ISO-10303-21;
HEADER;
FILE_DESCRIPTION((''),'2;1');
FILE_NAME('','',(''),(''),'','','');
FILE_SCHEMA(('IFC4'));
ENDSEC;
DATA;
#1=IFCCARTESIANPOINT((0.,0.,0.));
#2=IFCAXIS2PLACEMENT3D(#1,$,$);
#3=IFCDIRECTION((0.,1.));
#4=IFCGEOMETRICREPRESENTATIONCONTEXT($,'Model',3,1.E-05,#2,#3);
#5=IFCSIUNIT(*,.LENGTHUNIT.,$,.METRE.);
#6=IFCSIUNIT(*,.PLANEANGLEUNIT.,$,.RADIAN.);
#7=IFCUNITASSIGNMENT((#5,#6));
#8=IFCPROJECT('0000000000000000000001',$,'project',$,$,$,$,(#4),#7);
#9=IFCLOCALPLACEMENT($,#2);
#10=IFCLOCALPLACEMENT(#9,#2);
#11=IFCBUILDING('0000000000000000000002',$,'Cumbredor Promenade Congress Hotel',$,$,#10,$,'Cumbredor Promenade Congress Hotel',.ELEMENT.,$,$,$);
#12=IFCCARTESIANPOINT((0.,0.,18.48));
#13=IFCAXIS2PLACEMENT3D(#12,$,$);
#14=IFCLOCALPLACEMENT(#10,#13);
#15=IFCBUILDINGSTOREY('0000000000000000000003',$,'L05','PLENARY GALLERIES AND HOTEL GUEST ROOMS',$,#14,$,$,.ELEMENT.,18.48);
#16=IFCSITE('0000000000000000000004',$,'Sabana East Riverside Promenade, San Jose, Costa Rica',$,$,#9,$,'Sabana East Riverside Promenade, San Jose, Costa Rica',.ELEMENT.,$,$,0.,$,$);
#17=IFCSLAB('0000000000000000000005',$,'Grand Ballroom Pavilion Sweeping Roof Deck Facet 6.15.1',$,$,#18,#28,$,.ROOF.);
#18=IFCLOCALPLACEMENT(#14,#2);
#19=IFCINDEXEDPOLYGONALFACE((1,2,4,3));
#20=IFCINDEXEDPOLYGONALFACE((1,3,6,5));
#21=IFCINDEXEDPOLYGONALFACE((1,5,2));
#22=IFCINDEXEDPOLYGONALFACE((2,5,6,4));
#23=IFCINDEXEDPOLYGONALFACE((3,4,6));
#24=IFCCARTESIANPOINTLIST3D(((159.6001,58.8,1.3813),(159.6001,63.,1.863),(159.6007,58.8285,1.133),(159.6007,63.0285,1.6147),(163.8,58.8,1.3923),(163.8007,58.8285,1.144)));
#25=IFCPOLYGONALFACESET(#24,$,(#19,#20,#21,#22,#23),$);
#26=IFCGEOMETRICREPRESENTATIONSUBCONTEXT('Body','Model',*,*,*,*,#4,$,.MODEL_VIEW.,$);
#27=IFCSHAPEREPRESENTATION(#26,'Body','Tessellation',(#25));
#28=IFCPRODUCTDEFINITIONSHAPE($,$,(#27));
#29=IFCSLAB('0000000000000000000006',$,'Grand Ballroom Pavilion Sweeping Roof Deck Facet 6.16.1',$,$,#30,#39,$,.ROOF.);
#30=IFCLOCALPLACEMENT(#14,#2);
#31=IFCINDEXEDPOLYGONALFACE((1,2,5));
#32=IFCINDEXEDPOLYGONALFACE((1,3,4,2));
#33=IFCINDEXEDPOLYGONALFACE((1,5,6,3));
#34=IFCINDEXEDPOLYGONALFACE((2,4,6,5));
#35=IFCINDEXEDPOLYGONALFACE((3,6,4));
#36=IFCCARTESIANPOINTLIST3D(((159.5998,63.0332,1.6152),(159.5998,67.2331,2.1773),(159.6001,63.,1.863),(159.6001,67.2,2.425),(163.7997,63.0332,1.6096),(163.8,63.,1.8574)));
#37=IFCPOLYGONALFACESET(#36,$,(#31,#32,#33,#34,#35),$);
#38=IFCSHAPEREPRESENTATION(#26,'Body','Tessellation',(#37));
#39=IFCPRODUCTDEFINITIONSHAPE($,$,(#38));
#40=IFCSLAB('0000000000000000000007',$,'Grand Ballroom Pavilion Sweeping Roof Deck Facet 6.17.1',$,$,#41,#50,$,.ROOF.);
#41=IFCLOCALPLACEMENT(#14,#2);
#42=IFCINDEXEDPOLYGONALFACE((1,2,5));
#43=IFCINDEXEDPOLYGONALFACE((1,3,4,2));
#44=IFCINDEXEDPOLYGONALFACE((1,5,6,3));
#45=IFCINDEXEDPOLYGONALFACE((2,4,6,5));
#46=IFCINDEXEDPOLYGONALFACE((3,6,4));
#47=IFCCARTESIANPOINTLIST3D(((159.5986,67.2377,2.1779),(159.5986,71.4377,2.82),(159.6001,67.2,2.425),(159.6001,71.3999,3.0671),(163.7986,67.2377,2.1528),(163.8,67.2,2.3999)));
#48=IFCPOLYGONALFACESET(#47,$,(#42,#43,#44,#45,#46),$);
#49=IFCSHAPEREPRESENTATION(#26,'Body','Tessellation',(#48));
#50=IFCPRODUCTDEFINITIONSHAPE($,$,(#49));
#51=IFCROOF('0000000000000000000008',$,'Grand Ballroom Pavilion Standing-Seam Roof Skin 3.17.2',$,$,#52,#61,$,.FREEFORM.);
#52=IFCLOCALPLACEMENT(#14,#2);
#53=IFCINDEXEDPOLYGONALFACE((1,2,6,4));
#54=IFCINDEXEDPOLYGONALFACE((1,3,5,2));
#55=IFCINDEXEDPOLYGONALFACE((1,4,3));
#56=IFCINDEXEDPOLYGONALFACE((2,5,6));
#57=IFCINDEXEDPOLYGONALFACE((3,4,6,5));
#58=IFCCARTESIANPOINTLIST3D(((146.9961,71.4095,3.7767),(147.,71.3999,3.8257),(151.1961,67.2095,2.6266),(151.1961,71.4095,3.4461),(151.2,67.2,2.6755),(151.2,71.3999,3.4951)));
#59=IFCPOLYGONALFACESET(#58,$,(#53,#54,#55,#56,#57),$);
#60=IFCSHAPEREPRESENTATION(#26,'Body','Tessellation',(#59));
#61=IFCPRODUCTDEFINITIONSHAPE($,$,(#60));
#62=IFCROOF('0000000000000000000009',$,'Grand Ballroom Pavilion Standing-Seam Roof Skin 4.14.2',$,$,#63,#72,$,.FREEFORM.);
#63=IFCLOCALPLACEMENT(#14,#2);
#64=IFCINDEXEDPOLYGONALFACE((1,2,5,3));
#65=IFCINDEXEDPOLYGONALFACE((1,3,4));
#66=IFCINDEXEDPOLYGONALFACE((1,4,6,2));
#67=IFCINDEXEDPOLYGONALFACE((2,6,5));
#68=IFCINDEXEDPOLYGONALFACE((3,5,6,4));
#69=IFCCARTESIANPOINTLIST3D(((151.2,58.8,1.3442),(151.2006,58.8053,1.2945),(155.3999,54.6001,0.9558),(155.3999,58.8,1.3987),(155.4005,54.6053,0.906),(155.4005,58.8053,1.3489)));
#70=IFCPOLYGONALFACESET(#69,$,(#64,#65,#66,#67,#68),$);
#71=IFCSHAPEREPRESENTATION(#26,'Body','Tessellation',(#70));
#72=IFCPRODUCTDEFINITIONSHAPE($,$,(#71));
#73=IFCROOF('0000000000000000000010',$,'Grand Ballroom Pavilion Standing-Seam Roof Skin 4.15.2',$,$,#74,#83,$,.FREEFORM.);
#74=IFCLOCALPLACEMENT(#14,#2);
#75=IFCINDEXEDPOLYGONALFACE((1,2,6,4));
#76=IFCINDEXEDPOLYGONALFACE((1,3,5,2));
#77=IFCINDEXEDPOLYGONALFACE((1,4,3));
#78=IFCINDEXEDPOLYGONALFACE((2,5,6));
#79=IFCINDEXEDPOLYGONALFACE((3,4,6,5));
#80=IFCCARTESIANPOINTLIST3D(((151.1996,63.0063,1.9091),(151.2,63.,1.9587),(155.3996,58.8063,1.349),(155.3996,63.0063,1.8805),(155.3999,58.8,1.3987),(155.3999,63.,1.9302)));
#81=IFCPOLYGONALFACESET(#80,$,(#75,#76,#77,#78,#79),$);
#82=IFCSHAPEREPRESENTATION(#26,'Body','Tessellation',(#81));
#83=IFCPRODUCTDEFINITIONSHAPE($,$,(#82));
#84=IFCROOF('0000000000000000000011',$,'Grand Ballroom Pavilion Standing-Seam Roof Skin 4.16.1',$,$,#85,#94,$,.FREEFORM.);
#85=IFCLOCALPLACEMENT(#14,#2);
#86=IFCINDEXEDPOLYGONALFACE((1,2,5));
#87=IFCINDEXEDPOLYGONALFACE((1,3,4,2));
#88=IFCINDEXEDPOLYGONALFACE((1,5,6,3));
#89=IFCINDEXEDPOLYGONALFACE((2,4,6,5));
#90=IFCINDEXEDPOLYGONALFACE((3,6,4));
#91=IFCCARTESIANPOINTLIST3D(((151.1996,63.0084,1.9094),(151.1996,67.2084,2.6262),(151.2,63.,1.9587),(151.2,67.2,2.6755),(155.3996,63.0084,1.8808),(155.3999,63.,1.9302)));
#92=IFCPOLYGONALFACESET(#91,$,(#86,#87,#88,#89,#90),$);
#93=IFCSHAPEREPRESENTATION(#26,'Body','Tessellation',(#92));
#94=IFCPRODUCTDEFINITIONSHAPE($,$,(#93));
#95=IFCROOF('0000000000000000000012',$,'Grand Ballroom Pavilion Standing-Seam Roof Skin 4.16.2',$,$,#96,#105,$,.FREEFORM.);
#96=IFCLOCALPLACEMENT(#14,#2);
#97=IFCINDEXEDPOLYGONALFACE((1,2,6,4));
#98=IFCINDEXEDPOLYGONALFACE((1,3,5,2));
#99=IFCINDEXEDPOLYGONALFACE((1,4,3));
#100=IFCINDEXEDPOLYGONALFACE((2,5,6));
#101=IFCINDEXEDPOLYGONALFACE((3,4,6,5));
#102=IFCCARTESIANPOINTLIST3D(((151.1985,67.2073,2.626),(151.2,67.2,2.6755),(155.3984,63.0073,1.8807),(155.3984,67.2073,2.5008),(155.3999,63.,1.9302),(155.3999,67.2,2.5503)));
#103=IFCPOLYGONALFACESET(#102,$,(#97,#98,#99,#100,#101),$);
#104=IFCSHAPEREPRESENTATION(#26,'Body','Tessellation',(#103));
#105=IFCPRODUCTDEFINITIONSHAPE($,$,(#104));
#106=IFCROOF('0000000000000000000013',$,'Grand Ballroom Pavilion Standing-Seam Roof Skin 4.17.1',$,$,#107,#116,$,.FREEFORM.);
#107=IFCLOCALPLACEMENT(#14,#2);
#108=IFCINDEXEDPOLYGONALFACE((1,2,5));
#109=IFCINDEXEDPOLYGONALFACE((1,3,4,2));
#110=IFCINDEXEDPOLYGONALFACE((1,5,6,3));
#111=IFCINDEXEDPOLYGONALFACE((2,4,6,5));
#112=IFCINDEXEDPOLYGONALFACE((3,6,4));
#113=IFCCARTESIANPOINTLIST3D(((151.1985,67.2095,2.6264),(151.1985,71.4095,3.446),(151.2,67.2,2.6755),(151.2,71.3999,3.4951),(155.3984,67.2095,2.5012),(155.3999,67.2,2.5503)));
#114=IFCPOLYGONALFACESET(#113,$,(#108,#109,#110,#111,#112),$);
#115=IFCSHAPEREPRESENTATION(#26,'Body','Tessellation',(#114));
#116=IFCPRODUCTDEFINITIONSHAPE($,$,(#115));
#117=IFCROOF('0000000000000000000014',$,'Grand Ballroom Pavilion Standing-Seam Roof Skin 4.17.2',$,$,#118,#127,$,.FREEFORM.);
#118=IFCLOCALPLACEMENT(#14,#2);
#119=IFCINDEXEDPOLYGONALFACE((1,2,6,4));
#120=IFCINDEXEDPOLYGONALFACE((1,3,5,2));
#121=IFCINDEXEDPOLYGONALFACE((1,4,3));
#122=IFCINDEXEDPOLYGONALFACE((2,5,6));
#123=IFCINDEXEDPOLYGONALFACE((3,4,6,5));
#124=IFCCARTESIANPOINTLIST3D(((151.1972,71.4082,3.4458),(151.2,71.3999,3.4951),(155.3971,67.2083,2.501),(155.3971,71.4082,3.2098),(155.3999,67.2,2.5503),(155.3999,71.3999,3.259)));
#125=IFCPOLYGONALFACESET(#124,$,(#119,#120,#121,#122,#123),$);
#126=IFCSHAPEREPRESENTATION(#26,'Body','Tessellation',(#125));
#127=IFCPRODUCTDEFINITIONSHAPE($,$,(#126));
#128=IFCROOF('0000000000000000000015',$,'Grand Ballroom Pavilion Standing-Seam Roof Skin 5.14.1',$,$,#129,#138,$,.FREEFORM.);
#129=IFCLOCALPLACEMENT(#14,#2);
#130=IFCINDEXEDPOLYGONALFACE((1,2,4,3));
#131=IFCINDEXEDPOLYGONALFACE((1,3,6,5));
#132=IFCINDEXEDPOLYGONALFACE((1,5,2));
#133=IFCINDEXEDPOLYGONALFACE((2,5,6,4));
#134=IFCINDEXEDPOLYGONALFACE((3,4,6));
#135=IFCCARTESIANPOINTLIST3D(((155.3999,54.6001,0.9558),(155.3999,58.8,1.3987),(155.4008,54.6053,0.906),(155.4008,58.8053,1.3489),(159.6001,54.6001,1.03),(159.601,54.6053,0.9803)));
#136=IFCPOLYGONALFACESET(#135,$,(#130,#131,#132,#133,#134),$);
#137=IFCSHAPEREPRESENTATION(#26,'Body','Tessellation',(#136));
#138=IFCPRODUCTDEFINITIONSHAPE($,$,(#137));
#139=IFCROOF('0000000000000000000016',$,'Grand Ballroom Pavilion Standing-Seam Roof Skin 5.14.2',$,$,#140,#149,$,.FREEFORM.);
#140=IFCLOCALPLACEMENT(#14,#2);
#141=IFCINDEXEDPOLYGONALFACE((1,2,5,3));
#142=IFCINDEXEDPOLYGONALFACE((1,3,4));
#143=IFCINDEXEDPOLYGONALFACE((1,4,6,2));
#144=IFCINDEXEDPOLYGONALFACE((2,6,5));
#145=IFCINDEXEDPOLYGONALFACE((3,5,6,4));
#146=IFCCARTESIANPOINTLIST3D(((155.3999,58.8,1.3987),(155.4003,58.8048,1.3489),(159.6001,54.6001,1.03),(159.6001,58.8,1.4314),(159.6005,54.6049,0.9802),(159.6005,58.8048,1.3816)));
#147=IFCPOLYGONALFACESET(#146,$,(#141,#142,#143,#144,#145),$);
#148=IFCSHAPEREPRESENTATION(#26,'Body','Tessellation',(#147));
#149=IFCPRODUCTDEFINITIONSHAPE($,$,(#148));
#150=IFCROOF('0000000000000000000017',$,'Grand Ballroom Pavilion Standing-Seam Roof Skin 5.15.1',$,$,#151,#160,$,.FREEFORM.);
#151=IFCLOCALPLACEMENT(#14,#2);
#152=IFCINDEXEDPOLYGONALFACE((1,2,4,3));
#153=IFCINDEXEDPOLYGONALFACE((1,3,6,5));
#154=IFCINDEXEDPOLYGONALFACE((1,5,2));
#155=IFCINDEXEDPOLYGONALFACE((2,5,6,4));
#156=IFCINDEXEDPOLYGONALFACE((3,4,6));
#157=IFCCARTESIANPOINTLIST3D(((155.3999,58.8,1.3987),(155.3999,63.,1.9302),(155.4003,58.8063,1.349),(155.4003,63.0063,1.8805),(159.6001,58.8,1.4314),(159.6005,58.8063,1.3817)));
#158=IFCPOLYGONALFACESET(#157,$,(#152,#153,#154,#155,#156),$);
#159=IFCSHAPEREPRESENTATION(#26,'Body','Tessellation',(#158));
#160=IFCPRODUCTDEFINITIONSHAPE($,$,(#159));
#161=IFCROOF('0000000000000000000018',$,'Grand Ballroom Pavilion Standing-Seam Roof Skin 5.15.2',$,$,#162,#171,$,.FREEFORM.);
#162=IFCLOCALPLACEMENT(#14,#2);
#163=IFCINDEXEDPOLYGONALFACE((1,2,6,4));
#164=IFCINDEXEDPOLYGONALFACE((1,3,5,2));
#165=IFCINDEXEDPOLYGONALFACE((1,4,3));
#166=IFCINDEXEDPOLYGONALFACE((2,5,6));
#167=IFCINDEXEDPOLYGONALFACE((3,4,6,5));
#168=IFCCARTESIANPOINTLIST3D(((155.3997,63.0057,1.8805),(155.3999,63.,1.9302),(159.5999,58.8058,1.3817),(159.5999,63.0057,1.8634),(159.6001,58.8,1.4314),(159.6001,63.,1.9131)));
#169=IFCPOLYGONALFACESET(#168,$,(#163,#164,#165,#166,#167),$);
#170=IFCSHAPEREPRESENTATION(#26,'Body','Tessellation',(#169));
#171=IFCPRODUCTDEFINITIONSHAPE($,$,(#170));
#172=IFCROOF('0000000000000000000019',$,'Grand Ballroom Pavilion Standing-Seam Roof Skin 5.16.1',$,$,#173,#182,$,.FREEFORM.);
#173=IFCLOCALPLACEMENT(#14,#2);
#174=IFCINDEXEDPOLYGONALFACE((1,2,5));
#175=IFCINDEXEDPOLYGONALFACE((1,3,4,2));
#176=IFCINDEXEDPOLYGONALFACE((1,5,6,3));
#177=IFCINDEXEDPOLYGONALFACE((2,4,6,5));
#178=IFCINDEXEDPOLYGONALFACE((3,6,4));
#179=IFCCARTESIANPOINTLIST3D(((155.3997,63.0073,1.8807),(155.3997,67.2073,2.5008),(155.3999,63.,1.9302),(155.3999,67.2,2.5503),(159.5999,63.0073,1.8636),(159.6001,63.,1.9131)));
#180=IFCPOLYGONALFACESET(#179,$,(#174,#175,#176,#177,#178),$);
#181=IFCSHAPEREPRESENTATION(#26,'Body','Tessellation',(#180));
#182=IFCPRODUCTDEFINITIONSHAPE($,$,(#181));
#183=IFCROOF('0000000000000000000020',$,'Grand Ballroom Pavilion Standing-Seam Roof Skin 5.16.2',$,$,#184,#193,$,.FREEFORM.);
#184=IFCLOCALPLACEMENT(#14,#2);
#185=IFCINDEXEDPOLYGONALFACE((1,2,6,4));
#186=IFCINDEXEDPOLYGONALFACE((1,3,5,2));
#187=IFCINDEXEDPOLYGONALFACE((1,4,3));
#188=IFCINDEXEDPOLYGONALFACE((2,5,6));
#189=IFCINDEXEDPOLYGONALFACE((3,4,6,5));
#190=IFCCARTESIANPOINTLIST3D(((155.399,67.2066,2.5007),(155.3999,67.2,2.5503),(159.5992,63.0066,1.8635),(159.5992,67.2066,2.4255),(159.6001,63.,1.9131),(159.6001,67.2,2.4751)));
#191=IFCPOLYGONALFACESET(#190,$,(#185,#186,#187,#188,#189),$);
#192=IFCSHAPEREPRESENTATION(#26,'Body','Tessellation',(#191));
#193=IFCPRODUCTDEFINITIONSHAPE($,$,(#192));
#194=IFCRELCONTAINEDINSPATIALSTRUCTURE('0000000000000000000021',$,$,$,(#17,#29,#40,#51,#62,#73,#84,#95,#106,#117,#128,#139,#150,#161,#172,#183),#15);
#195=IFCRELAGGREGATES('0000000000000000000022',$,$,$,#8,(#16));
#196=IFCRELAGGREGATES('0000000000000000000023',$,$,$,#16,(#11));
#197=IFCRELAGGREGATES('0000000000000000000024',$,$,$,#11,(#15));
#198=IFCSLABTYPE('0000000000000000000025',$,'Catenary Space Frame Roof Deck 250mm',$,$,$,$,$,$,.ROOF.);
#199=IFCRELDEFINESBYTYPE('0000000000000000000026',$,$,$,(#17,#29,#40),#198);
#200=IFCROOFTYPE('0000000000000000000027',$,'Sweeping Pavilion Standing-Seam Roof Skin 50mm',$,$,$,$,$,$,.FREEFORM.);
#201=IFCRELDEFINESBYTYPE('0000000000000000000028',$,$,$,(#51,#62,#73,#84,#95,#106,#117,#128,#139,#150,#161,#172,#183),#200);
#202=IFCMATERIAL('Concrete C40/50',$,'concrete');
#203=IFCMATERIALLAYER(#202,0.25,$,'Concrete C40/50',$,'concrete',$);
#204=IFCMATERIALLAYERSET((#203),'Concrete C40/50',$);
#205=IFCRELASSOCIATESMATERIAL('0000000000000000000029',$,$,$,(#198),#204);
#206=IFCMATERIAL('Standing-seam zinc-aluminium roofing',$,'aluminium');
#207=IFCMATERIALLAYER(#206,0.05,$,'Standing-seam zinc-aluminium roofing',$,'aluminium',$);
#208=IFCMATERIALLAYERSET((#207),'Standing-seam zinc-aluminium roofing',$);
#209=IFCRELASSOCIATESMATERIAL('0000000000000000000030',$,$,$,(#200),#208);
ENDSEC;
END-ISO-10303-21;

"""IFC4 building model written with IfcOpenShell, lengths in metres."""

from ifc_helpers import new_model, si_unit, direction, frame, origin, place, context, subcontext, project, spatial, polyline, outline, extrude, material, layer, layer_set, type_object, element, save


model = new_model("IFC4")

# Units and contexts
model_context = context("Model", 3, precision=1e-05, world=origin(), true_north=direction((0.0, 1.0)))
body_context = subcontext(model_context, "Body", "Model", "MODEL_VIEW")
ifc_project = project(units=[si_unit("LENGTHUNIT", "METRE"), si_unit("PLANEANGLEUNIT", "RADIAN")], contexts=[model_context])

# Site, building, storey
site_placement = place(None, origin())
site = spatial("IfcSite", under=ifc_project, at=site_placement, Name="Sabana East Riverside Promenade, San Jose, Costa Rica", LongName="Sabana East Riverside Promenade, San Jose, Costa Rica", CompositionType="ELEMENT", RefElevation=0.0)
building_placement = place(site_placement, origin())
building = spatial("IfcBuilding", under=site, at=building_placement, Name="Cumbredor Promenade Congress Hotel", LongName="Cumbredor Promenade Congress Hotel", CompositionType="ELEMENT")
storey_placement = place(building_placement, frame((0.0, 0.0, 18.48)))
storey = spatial("IfcBuildingStorey", under=building, at=storey_placement, Name="L05", Description="PLENARY GALLERIES AND HOTEL GUEST ROOMS", CompositionType="ELEMENT", Elevation=18.48)

# Slabs
ifc_material_1 = material(Name="Concrete C40/50", Category="concrete")
ifc_layer_1 = layer(ifc_material_1, 0.25, Name="Concrete C40/50", Category="concrete")
ifc_layer_set_1 = layer_set([ifc_layer_1], Name="Concrete C40/50")
slab_type = type_object("IfcSlabType", Name="Catenary Space Frame Roof Deck 250mm", PredefinedType="ROOF", material=ifc_layer_set_1)
slab_1_placement = place(storey_placement, frame((159.6001, 58.8, 1.3813), z_axis=(-0.002599, -0.113942, 0.993484), x_axis=(0.999997, 0.0, 0.002616)))
element("IfcSlab", 1, at=slab_1_placement, inside=storey, type_object=slab_type, Name="Grand Ballroom Pavilion Sweeping Roof Deck Facet 6.15.1", PredefinedType="ROOF", context=body_context, shape_type="SweptSolid", body=[
    extrude(outline(polyline([(0.0, 0.0), (4.2, 0.0), (0.0013, 4.2275), (0.0, 0.0)])), origin(), (0.0, 0.0, -1.0), 0.25),
])
slab_2_placement = place(storey_placement, frame((159.6001, 63.0, 1.863), z_axis=(0.001325, -0.132632, 0.991165), x_axis=(0.999999, 0.0, -0.001337)))
element("IfcSlab", 2, at=slab_2_placement, inside=storey, type_object=slab_type, Name="Grand Ballroom Pavilion Sweeping Roof Deck Facet 6.16.1", PredefinedType="ROOF", context=body_context, shape_type="SweptSolid", body=[
    extrude(outline(polyline([(0.0, 0.0), (4.2, 0.0), (-0.0008, 4.2374), (0.0, 0.0)])), origin(), (0.0, 0.0, -1.0), 0.25),
])
slab_3_placement = place(storey_placement, frame((159.6001, 67.2, 2.425), z_axis=(0.005918, -0.151122, 0.988497), x_axis=(0.999982, 0.0, -0.005987)))
element("IfcSlab", 3, at=slab_3_placement, inside=storey, type_object=slab_type, Name="Grand Ballroom Pavilion Sweeping Roof Deck Facet 6.17.1", PredefinedType="ROOF", context=body_context, shape_type="SweptSolid", body=[
    extrude(outline(polyline([(0.0, 0.0), (4.2, 0.0), (-0.0038, 4.2487), (0.0, 0.0)])), origin(), (0.0, 0.0, -1.0), 0.25),
])

# Roofs
ifc_material_2 = material(Name="Standing-seam zinc-aluminium roofing", Category="aluminium")
ifc_layer_2 = layer(ifc_material_2, 0.05, Name="Standing-seam zinc-aluminium roofing", Category="aluminium")
ifc_layer_set_2 = layer_set([ifc_layer_2], Name="Standing-seam zinc-aluminium roofing")
roof_type = type_object("IfcRoofType", Name="Sweeping Pavilion Standing-Seam Roof Skin 50mm", PredefinedType="FREEFORM", material=ifc_layer_set_2)
roof_1_placement = place(storey_placement, frame((151.2, 67.2, 2.6755), z_axis=(0.077021, -0.190959, 0.978572), x_axis=(0.0, 0.981487, 0.191528)))
element("IfcRoof", 4, at=roof_1_placement, inside=storey, type_object=roof_type, Name="Grand Ballroom Pavilion Standing-Seam Roof Skin 3.17.2", PredefinedType="FREEFORM", context=body_context, shape_type="SweptSolid", body=[
    extrude(outline(polyline([(0.0, 0.0), (4.2792, 0.0), (4.3425, 4.2125), (0.0, 0.0)])), origin(), (0.0, 0.0, -1.0), 0.05),
])
roof_2_placement = place(storey_placement, frame((155.3999, 54.6001, 0.9558), z_axis=(-0.01289, -0.104857, 0.994404), x_axis=(0.0, 0.994486, 0.104865)))
element("IfcRoof", 5, at=roof_2_placement, inside=storey, type_object=roof_type, Name="Grand Ballroom Pavilion Standing-Seam Roof Skin 4.14.2", PredefinedType="FREEFORM", context=body_context, shape_type="SweptSolid", body=[
    extrude(outline(polyline([(0.0, 0.0), (4.2232, 0.0), (4.2175, 4.2003), (0.0, 0.0)])), origin(), (0.0, 0.0, -1.0), 0.05),
])
roof_3_placement = place(storey_placement, frame((155.3999, 58.8, 1.3987), z_axis=(0.006747, -0.125544, 0.992065), x_axis=(0.0, 0.992088, 0.125546)))
element("IfcRoof", 6, at=roof_3_placement, inside=storey, type_object=roof_type, Name="Grand Ballroom Pavilion Standing-Seam Roof Skin 4.15.2", PredefinedType="FREEFORM", context=body_context, shape_type="SweptSolid", body=[
    extrude(outline(polyline([(0.0, 0.0), (4.2334, 0.0), (4.237, 4.2), (0.0, 0.0)])), origin(), (0.0, 0.0, -1.0), 0.05),
])
roof_4_placement = place(storey_placement, frame((151.2, 63.0, 1.9587), z_axis=(0.006704, -0.168232, 0.985725), x_axis=(0.999977, 0.0, -0.006801)))
element("IfcRoof", 7, at=roof_4_placement, inside=storey, type_object=roof_type, Name="Grand Ballroom Pavilion Standing-Seam Roof Skin 4.16.1", PredefinedType="FREEFORM", context=body_context, shape_type="SweptSolid", body=[
    extrude(outline(polyline([(0.0, 0.0), (4.2, 0.0), (-0.0049, 4.2607), (0.0, 0.0)])), origin(), (0.0, 0.0, -1.0), 0.05),
])
roof_5_placement = place(storey_placement, frame((155.3999, 63.0, 1.9302), z_axis=(0.029488, -0.146002, 0.988845), x_axis=(0.0, 0.989275, 0.146065)))
element("IfcRoof", 8, at=roof_5_placement, inside=storey, type_object=roof_type, Name="Grand Ballroom Pavilion Standing-Seam Roof Skin 4.16.2", PredefinedType="FREEFORM", context=body_context, shape_type="SweptSolid", body=[
    extrude(outline(polyline([(0.0, 0.0), (4.2455, 0.0), (4.2638, 4.2018), (0.0, 0.0)])), origin(), (0.0, 0.0, -1.0), 0.05),
])
roof_6_placement = place(storey_placement, frame((151.2, 67.2, 2.6755), z_axis=(0.029256, -0.191446, 0.981067), x_axis=(0.999556, 0.0, -0.029807)))
element("IfcRoof", 9, at=roof_6_placement, inside=storey, type_object=roof_type, Name="Grand Ballroom Pavilion Standing-Seam Roof Skin 4.17.1", PredefinedType="FREEFORM", context=body_context, shape_type="SweptSolid", body=[
    extrude(outline(polyline([(0.0, 0.0), (4.2018, 0.0), (-0.0244, 4.2791), (0.0, 0.0)])), origin(), (0.0, 0.0, -1.0), 0.05),
])
roof_7_placement = place(storey_placement, frame((155.3999, 67.2, 2.5503), z_axis=(0.055343, -0.166142, 0.984548), x_axis=(0.0, 0.986059, 0.166397)))
element("IfcRoof", 10, at=roof_7_placement, inside=storey, type_object=roof_type, Name="Grand Ballroom Pavilion Standing-Seam Roof Skin 4.17.2", PredefinedType="FREEFORM", context=body_context, shape_type="SweptSolid", body=[
    extrude(outline(polyline([(0.0, 0.0), (4.2593, 0.0), (4.2986, 4.2064), (0.0, 0.0)])), origin(), (0.0, 0.0, -1.0), 0.05),
])
roof_8_placement = place(storey_placement, frame((155.3999, 54.6001, 0.9558), z_axis=(-0.01757, -0.104849, 0.994333), x_axis=(0.999844, 0.0, 0.017668)))
element("IfcRoof", 11, at=roof_8_placement, inside=storey, type_object=roof_type, Name="Grand Ballroom Pavilion Standing-Seam Roof Skin 5.14.1", PredefinedType="FREEFORM", context=body_context, shape_type="SweptSolid", body=[
    extrude(outline(polyline([(0.0, 0.0), (4.2009, 0.0), (0.0078, 4.2232), (0.0, 0.0)])), origin(), (0.0, 0.0, -1.0), 0.05),
])
roof_9_placement = place(storey_placement, frame((159.6001, 54.6001, 1.03), z_axis=(-0.007753, -0.095128, 0.995435), x_axis=(0.0, 0.995465, 0.095131)))
element("IfcRoof", 12, at=roof_9_placement, inside=storey, type_object=roof_type, Name="Grand Ballroom Pavilion Standing-Seam Roof Skin 5.14.2", PredefinedType="FREEFORM", context=body_context, shape_type="SweptSolid", body=[
    extrude(outline(polyline([(0.0, 0.0), (4.2191, 0.0), (4.216, 4.2003), (0.0, 0.0)])), origin(), (0.0, 0.0, -1.0), 0.05),
])
roof_10_placement = place(storey_placement, frame((155.3999, 58.8, 1.3987), z_axis=(-0.007727, -0.125543, 0.992058), x_axis=(0.99997, 0.0, 0.007789)))
element("IfcRoof", 13, at=roof_10_placement, inside=storey, type_object=roof_type, Name="Grand Ballroom Pavilion Standing-Seam Roof Skin 5.15.1", PredefinedType="FREEFORM", context=body_context, shape_type="SweptSolid", body=[
    extrude(outline(polyline([(0.0, 0.0), (4.2003, 0.0), (0.0041, 4.2334), (0.0, 0.0)])), origin(), (0.0, 0.0, -1.0), 0.05),
])
roof_11_placement = place(storey_placement, frame((159.6001, 58.8, 1.4314), z_axis=(0.004042, -0.113941, 0.993479), x_axis=(0.0, 0.993487, 0.113942)))
element("IfcRoof", 14, at=roof_11_placement, inside=storey, type_object=roof_type, Name="Grand Ballroom Pavilion Standing-Seam Roof Skin 5.15.2", PredefinedType="FREEFORM", context=body_context, shape_type="SweptSolid", body=[
    extrude(outline(polyline([(0.0, 0.0), (4.2275, 0.0), (4.2294, 4.2002), (0.0, 0.0)])), origin(), (0.0, 0.0, -1.0), 0.05),
])
roof_12_placement = place(storey_placement, frame((155.3999, 63.0, 1.9302), z_axis=(0.004025, -0.146064, 0.989267), x_axis=(0.999992, 0.0, -0.004069)))
element("IfcRoof", 15, at=roof_12_placement, inside=storey, type_object=roof_type, Name="Grand Ballroom Pavilion Standing-Seam Roof Skin 5.16.1", PredefinedType="FREEFORM", context=body_context, shape_type="SweptSolid", body=[
    extrude(outline(polyline([(0.0, 0.0), (4.2002, 0.0), (-0.0025, 4.2455), (0.0, 0.0)])), origin(), (0.0, 0.0, -1.0), 0.05),
])
roof_13_placement = place(storey_placement, frame((159.6001, 63.0, 1.9131), z_axis=(0.017742, -0.132611, 0.991009), x_axis=(0.0, 0.991165, 0.132632)))
element("IfcRoof", 16, at=roof_13_placement, inside=storey, type_object=roof_type, Name="Grand Ballroom Pavilion Standing-Seam Roof Skin 5.16.2", PredefinedType="FREEFORM", context=body_context, shape_type="SweptSolid", body=[
    extrude(outline(polyline([(0.0, 0.0), (4.2374, 0.0), (4.2474, 4.2009), (0.0, 0.0)])), origin(), (0.0, 0.0, -1.0), 0.05),
])

save(model, "model.ifc")
